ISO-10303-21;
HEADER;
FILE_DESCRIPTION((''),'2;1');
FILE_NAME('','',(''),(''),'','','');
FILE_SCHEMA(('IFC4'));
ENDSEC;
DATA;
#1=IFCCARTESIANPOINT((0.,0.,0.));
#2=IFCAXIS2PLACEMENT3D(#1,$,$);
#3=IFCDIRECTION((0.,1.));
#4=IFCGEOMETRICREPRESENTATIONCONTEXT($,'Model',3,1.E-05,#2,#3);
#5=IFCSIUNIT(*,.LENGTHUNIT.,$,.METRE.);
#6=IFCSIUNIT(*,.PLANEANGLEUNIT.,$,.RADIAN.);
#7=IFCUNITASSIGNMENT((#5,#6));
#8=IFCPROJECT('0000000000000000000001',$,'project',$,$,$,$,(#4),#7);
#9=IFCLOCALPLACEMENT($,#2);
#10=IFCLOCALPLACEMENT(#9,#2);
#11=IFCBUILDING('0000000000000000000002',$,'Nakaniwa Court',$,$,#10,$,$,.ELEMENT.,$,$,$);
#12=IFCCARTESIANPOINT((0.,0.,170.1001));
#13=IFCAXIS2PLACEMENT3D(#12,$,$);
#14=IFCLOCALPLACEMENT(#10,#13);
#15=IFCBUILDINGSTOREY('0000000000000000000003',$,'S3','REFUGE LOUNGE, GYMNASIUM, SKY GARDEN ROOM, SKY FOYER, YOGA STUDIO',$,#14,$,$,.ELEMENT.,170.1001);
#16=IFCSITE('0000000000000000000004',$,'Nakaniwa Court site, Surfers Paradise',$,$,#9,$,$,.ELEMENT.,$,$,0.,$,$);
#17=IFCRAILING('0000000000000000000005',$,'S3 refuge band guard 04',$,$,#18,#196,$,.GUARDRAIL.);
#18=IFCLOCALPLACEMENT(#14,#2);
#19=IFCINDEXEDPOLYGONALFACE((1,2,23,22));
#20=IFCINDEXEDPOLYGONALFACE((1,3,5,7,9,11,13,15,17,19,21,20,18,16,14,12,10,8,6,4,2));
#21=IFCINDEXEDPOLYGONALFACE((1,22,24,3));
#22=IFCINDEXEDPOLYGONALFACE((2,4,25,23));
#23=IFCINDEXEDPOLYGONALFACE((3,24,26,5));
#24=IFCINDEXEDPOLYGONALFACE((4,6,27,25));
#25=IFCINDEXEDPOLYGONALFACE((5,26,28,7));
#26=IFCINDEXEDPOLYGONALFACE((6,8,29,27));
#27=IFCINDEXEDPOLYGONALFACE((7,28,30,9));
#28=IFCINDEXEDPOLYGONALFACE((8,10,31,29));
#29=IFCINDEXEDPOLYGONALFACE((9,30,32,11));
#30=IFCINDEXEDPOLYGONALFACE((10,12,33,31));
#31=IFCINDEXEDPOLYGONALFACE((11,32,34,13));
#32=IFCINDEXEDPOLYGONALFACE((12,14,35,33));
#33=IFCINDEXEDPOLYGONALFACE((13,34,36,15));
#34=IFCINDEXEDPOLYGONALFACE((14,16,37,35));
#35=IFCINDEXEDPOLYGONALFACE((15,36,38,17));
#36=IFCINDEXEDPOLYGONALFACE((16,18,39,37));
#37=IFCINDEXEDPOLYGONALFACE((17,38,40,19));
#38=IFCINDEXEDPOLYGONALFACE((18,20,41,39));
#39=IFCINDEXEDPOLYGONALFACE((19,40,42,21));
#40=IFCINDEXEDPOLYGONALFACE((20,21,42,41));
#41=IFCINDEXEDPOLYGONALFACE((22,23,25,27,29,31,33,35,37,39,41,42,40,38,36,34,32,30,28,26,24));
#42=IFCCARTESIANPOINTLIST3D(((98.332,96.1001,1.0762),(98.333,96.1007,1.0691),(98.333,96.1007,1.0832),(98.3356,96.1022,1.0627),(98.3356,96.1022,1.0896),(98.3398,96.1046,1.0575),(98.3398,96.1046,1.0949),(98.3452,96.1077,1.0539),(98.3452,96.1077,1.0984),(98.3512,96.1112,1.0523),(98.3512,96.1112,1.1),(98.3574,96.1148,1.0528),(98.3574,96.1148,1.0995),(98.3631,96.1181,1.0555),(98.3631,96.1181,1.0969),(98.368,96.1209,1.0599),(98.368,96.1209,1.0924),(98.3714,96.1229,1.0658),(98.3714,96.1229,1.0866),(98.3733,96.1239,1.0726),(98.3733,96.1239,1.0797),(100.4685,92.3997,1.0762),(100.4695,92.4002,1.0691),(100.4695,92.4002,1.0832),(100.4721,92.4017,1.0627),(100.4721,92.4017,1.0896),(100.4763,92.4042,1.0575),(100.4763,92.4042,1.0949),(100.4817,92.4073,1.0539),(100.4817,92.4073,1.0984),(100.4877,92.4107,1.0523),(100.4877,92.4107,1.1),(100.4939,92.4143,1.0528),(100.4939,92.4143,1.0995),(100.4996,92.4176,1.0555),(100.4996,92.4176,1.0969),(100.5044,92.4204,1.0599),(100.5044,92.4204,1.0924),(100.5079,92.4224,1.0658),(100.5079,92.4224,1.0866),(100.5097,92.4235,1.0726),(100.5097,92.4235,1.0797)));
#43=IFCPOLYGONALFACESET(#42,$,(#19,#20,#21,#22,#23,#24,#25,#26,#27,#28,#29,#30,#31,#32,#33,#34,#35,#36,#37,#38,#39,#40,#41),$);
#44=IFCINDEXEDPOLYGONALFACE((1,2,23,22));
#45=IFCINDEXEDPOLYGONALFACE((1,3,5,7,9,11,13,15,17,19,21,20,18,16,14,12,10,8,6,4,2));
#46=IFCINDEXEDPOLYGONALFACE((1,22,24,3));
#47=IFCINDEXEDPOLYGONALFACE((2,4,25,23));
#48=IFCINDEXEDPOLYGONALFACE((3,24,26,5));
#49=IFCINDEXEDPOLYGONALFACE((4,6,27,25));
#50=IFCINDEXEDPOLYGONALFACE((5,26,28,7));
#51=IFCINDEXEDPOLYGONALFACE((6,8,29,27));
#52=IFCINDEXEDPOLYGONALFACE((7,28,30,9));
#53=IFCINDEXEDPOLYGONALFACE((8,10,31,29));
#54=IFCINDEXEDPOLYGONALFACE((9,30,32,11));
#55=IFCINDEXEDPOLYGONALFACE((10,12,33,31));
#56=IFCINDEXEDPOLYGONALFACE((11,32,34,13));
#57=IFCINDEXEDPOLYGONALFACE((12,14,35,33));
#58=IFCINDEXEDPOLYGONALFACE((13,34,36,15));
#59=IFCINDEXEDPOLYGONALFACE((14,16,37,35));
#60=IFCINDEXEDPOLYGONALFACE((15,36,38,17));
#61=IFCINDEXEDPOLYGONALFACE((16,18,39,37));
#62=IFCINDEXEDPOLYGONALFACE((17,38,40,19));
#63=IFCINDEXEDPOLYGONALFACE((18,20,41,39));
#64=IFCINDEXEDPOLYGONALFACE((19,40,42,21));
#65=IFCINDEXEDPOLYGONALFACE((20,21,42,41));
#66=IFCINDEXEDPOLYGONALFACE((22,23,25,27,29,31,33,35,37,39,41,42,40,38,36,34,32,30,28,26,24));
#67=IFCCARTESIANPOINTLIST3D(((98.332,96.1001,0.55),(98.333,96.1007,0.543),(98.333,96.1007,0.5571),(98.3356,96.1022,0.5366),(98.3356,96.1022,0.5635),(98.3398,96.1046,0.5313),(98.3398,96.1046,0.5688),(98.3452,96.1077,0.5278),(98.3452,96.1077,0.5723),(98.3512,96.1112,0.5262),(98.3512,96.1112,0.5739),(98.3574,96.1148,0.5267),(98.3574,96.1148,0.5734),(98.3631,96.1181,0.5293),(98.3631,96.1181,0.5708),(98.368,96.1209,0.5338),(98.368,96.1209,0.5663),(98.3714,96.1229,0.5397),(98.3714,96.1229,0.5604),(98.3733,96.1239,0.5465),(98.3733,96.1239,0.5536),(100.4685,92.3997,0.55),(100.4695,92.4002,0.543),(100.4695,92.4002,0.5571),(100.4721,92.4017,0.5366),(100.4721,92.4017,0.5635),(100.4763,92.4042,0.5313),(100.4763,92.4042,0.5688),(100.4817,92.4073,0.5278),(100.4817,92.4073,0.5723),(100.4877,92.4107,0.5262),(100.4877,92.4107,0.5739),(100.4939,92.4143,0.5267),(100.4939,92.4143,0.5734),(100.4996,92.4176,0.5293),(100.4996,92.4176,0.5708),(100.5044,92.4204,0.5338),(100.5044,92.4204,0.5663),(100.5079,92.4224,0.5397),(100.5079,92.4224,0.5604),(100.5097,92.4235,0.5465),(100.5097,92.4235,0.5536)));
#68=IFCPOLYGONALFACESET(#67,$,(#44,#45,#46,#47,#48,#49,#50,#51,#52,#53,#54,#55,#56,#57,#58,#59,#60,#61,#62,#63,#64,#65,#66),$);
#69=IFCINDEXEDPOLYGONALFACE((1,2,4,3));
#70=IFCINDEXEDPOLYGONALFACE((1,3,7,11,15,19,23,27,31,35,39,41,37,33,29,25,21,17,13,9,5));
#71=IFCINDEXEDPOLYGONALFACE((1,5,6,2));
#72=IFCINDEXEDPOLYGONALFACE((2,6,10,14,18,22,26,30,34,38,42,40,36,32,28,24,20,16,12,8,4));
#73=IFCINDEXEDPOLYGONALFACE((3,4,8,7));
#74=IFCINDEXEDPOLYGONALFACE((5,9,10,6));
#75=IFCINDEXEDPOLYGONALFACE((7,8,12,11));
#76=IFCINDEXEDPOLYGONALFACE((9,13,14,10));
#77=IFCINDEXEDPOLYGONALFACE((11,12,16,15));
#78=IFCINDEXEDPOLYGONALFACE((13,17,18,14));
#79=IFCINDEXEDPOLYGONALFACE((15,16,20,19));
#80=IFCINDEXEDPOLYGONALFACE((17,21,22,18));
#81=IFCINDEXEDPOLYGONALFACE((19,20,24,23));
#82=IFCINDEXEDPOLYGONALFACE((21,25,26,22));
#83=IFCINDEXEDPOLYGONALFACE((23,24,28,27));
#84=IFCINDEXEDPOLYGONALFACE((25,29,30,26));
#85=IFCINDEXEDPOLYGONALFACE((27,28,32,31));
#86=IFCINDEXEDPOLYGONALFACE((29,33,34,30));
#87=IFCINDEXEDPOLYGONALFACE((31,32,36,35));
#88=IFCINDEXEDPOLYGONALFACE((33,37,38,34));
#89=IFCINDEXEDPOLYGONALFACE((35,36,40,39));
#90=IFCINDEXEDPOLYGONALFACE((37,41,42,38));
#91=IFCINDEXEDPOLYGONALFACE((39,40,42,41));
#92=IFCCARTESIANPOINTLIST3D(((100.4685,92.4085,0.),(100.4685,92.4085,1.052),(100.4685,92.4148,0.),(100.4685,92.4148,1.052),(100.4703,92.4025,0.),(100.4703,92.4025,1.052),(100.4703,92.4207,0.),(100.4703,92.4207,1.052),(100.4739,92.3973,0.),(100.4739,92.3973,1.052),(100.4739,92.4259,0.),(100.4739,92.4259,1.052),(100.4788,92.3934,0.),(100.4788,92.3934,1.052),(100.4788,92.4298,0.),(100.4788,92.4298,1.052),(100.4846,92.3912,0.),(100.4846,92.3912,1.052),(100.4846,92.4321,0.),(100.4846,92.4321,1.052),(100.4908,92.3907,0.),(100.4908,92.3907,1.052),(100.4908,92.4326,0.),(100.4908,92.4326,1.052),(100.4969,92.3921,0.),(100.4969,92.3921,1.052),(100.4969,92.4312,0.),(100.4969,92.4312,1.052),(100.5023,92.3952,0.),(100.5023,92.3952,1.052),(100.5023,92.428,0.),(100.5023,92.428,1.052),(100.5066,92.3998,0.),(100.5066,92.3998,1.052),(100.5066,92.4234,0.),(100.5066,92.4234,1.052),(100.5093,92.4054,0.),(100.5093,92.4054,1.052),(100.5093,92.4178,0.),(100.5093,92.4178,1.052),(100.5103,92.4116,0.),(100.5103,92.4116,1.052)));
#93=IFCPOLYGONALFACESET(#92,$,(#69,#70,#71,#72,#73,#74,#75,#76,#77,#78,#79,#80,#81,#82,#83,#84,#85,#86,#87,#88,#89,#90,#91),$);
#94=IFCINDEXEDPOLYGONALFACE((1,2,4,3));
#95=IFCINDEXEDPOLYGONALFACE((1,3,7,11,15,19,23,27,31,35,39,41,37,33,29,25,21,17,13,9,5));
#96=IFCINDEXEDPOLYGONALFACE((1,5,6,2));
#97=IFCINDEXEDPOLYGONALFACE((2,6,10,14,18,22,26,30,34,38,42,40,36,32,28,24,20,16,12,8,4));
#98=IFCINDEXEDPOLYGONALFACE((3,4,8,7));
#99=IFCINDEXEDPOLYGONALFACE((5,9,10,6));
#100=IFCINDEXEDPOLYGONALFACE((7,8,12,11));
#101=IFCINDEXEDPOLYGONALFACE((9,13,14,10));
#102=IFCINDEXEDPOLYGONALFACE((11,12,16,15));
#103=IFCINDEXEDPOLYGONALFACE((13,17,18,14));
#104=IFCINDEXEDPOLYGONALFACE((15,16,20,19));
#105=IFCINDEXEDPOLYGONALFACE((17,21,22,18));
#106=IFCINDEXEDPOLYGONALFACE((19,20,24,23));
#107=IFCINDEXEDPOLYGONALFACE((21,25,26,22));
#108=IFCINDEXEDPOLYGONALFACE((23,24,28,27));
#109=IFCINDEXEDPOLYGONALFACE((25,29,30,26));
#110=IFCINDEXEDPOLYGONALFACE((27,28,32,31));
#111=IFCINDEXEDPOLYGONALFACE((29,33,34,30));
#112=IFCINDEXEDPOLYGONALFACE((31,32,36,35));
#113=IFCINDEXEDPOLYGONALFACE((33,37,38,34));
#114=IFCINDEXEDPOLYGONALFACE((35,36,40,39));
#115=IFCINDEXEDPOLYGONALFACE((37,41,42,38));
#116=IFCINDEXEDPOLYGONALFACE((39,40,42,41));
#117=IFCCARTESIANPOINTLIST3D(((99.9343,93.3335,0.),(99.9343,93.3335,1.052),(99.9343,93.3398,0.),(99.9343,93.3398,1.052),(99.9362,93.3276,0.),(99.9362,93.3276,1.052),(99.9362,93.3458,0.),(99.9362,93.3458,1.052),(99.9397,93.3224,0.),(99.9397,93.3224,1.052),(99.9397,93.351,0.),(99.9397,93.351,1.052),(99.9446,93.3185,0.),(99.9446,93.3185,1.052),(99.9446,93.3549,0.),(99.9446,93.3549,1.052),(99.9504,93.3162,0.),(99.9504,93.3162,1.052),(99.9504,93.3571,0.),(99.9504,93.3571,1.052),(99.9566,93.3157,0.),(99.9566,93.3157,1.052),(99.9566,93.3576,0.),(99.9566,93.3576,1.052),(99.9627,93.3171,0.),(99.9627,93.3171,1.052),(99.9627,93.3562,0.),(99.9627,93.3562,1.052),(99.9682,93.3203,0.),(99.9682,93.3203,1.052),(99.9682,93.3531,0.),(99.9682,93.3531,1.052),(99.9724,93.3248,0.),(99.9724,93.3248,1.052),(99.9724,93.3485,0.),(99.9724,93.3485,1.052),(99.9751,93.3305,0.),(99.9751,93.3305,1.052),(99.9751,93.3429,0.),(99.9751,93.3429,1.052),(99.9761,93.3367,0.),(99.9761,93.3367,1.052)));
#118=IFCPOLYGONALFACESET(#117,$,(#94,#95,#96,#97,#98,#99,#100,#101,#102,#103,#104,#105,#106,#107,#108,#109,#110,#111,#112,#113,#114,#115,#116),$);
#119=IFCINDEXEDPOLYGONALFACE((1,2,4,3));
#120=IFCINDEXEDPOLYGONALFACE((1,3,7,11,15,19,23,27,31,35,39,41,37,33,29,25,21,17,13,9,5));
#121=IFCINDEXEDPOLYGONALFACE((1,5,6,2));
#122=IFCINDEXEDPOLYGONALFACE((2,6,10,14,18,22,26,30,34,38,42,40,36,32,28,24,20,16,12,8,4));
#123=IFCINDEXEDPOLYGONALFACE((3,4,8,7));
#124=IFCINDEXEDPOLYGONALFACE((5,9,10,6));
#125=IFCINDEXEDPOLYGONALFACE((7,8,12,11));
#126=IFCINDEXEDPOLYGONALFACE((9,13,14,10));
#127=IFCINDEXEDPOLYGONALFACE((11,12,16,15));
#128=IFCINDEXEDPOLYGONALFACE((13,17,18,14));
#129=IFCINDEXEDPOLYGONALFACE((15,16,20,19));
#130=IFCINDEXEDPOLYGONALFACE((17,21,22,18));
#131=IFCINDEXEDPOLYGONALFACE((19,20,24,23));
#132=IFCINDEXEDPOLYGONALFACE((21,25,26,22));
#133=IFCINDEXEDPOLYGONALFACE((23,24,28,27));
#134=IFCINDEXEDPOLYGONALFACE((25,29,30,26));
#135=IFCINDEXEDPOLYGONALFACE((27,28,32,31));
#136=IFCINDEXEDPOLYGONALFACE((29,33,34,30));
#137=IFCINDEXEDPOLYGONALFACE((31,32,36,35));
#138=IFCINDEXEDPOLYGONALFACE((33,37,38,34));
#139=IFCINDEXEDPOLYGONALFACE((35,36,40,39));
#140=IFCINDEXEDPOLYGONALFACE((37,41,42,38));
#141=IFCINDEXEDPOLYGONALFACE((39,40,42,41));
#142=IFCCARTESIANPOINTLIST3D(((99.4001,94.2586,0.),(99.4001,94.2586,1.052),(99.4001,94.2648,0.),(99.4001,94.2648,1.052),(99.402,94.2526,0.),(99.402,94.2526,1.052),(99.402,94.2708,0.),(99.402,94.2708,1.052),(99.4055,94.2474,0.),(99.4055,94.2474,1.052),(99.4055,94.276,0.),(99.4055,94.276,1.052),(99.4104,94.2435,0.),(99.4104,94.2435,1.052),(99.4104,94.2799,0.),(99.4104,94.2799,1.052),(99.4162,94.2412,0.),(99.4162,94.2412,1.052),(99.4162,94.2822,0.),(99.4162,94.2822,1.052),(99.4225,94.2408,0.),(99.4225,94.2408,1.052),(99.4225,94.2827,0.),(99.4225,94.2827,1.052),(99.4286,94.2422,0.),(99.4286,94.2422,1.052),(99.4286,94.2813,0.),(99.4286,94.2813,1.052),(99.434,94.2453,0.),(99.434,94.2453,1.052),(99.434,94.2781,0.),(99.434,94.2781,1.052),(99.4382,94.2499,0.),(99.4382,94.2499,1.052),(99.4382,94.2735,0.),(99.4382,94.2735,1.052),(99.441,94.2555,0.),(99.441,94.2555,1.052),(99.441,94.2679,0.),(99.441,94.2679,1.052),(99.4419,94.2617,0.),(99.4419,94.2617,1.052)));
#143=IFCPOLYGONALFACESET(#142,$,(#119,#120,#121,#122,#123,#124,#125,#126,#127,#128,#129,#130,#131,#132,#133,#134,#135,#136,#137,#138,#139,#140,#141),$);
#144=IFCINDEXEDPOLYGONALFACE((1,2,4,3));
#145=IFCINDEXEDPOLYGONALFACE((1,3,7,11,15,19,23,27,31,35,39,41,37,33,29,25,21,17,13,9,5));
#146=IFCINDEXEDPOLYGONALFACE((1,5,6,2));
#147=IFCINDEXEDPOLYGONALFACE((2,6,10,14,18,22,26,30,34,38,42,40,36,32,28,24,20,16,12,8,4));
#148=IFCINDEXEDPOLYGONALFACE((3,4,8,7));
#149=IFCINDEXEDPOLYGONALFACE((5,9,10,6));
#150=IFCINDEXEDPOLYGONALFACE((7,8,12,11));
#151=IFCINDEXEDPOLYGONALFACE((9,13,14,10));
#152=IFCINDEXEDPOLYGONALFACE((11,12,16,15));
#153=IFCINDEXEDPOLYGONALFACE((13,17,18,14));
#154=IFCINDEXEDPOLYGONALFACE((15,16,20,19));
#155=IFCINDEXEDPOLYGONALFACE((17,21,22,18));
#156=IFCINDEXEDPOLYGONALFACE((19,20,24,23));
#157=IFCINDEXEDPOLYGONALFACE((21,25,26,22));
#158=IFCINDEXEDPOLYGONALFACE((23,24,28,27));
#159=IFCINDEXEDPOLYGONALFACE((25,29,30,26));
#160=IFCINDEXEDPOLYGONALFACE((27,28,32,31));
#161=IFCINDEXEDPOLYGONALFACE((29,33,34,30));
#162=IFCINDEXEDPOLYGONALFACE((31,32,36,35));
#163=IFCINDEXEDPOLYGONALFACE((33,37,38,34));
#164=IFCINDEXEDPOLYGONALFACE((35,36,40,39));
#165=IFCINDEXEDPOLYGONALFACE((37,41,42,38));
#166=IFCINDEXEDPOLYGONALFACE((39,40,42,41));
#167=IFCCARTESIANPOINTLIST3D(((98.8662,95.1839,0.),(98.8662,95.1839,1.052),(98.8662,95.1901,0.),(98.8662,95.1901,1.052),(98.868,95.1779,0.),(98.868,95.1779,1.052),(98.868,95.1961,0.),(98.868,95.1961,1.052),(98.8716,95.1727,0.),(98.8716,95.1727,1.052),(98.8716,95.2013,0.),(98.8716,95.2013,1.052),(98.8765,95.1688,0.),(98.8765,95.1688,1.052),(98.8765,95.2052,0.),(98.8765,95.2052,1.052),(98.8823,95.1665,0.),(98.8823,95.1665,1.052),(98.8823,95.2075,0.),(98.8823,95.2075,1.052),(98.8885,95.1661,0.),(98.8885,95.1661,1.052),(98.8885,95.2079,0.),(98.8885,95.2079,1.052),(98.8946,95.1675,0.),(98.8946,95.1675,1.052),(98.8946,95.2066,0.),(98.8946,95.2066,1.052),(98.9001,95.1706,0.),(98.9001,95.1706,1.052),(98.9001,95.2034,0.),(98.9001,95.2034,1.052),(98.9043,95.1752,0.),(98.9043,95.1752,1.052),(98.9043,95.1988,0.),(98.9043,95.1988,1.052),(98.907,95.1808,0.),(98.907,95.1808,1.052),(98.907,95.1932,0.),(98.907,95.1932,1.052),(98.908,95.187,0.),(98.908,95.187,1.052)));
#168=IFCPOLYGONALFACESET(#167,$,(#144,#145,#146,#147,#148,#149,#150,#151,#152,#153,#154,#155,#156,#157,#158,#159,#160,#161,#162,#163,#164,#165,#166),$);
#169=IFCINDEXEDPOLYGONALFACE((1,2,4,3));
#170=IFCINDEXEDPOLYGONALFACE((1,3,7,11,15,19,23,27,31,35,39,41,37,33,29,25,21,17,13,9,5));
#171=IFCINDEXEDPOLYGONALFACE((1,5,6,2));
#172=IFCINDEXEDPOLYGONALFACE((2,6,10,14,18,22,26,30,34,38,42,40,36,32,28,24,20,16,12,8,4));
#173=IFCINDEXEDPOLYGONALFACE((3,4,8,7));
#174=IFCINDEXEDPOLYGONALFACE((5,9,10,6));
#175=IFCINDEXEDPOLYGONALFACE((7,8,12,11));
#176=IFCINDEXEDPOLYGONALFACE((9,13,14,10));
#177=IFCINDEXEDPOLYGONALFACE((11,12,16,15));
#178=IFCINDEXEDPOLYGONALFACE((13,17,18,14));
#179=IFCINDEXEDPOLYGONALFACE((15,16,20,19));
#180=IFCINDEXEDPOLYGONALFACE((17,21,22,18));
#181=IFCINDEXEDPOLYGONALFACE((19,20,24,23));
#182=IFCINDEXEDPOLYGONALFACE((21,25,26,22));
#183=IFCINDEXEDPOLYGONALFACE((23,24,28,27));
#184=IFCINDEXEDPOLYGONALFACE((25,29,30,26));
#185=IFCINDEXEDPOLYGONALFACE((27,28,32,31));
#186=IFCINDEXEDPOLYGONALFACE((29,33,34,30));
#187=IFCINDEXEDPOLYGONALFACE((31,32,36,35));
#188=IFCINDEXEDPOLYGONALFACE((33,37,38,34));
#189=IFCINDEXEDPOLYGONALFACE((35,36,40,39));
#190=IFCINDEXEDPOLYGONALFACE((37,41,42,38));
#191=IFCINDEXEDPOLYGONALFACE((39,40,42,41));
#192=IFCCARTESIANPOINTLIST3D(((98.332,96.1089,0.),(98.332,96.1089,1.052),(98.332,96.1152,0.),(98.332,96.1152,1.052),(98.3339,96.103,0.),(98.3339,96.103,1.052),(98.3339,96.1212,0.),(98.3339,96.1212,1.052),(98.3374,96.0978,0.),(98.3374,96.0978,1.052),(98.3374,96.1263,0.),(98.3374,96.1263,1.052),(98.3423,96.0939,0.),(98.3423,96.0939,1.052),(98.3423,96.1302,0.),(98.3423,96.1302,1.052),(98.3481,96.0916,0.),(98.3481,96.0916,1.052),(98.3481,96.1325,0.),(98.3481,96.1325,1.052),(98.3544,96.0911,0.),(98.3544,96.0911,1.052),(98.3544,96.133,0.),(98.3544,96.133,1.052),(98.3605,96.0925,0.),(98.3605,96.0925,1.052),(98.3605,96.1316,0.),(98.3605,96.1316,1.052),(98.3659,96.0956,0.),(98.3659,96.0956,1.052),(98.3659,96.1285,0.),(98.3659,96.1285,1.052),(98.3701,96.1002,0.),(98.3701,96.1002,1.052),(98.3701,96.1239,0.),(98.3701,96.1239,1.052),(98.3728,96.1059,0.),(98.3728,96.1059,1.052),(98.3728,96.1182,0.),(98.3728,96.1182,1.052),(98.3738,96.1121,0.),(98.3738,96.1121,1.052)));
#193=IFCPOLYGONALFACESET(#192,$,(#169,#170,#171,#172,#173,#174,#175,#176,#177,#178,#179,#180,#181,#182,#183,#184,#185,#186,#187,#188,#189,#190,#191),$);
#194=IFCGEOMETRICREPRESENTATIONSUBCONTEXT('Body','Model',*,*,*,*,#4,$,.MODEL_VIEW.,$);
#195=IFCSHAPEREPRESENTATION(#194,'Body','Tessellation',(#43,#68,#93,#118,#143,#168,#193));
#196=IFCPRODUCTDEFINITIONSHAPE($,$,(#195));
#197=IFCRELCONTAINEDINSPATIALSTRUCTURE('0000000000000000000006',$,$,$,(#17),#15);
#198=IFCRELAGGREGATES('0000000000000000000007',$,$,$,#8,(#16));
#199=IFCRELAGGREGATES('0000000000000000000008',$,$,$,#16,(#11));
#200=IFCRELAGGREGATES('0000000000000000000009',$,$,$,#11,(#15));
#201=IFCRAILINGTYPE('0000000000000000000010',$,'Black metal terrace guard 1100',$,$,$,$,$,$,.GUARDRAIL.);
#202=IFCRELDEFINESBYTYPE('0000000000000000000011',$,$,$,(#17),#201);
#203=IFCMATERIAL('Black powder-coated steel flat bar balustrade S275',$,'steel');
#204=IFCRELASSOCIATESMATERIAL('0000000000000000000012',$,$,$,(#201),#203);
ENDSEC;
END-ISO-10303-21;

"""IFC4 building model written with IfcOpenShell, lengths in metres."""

from ifc_helpers import new_model, si_unit, direction, frame, origin, origin_2d, place, context, subcontext, project, spatial, circle, extrude, material, type_object, element, save


model = new_model("IFC4")

# Units and contexts
model_context = context("Model", 3, precision=1e-05, world=origin(), true_north=direction((0.0, 1.0)))
body_context = subcontext(model_context, "Body", "Model", "MODEL_VIEW")
ifc_project = project(units=[si_unit("LENGTHUNIT", "METRE"), si_unit("PLANEANGLEUNIT", "RADIAN")], contexts=[model_context])

# Site, building, storey
site_placement = place(None, origin())
site = spatial("IfcSite", under=ifc_project, at=site_placement, Name="Nakaniwa Court site, Surfers Paradise", CompositionType="ELEMENT", RefElevation=0.0)
building_placement = place(site_placement, origin())
building = spatial("IfcBuilding", under=site, at=building_placement, Name="Nakaniwa Court", CompositionType="ELEMENT")
storey_placement = place(building_placement, frame((0.0, 0.0, 170.1001)))
storey = spatial("IfcBuildingStorey", under=building, at=storey_placement, Name="S3", Description="REFUGE LOUNGE, GYMNASIUM, SKY GARDEN ROOM, SKY FOYER, YOGA STUDIO", CompositionType="ELEMENT", Elevation=170.1001)

# Railing
ifc_material_1 = material(Name="Black powder-coated steel flat bar balustrade S275", Category="steel")
railing_type = type_object("IfcRailingType", Name="Black metal terrace guard 1100", PredefinedType="GUARDRAIL", material=ifc_material_1)
railing_1_placement = place(storey_placement, frame((100.4893, 92.4116, 0.0)))
element("IfcRailing", 1, at=railing_1_placement, inside=storey, type_object=railing_type, Name="S3 refuge band guard 04", PredefinedType="GUARDRAIL", context=body_context, shape_type="SweptSolid", body=[
    extrude(circle(Radius=0.0239, at=origin_2d()), frame((0.0, 0.0, 1.0762), z_axis=(-0.500004, 0.866023, 0.0), x_axis=(-0.866023, -0.500004, 0.0)), (0.0, 0.0, 1.0), 4.2729),
    extrude(circle(Radius=0.0239, at=origin_2d()), frame((0.0, 0.0, 0.55), z_axis=(-0.500004, 0.866023, 0.0), x_axis=(-0.866023, -0.500004, 0.0)), (0.0, 0.0, 1.0), 4.2729),
    extrude(circle(Radius=0.021, at=origin_2d()), origin(), (0.0, 0.0, 1.0), 1.052),
    extrude(circle(Radius=0.021, at=origin_2d()), frame((-0.5342, 0.925, 0.0)), (0.0, 0.0, 1.0), 1.052),
    extrude(circle(Radius=0.021, at=origin_2d()), frame((-1.0684, 1.8501, 0.0)), (0.0, 0.0, 1.0), 1.052),
    extrude(circle(Radius=0.021, at=origin_2d()), frame((-1.6023, 2.7754, 0.0)), (0.0, 0.0, 1.0), 1.052),
    extrude(circle(Radius=0.021, at=origin_2d()), frame((-2.1365, 3.7004, 0.0)), (0.0, 0.0, 1.0), 1.052),
])

save(model, "model.ifc")
